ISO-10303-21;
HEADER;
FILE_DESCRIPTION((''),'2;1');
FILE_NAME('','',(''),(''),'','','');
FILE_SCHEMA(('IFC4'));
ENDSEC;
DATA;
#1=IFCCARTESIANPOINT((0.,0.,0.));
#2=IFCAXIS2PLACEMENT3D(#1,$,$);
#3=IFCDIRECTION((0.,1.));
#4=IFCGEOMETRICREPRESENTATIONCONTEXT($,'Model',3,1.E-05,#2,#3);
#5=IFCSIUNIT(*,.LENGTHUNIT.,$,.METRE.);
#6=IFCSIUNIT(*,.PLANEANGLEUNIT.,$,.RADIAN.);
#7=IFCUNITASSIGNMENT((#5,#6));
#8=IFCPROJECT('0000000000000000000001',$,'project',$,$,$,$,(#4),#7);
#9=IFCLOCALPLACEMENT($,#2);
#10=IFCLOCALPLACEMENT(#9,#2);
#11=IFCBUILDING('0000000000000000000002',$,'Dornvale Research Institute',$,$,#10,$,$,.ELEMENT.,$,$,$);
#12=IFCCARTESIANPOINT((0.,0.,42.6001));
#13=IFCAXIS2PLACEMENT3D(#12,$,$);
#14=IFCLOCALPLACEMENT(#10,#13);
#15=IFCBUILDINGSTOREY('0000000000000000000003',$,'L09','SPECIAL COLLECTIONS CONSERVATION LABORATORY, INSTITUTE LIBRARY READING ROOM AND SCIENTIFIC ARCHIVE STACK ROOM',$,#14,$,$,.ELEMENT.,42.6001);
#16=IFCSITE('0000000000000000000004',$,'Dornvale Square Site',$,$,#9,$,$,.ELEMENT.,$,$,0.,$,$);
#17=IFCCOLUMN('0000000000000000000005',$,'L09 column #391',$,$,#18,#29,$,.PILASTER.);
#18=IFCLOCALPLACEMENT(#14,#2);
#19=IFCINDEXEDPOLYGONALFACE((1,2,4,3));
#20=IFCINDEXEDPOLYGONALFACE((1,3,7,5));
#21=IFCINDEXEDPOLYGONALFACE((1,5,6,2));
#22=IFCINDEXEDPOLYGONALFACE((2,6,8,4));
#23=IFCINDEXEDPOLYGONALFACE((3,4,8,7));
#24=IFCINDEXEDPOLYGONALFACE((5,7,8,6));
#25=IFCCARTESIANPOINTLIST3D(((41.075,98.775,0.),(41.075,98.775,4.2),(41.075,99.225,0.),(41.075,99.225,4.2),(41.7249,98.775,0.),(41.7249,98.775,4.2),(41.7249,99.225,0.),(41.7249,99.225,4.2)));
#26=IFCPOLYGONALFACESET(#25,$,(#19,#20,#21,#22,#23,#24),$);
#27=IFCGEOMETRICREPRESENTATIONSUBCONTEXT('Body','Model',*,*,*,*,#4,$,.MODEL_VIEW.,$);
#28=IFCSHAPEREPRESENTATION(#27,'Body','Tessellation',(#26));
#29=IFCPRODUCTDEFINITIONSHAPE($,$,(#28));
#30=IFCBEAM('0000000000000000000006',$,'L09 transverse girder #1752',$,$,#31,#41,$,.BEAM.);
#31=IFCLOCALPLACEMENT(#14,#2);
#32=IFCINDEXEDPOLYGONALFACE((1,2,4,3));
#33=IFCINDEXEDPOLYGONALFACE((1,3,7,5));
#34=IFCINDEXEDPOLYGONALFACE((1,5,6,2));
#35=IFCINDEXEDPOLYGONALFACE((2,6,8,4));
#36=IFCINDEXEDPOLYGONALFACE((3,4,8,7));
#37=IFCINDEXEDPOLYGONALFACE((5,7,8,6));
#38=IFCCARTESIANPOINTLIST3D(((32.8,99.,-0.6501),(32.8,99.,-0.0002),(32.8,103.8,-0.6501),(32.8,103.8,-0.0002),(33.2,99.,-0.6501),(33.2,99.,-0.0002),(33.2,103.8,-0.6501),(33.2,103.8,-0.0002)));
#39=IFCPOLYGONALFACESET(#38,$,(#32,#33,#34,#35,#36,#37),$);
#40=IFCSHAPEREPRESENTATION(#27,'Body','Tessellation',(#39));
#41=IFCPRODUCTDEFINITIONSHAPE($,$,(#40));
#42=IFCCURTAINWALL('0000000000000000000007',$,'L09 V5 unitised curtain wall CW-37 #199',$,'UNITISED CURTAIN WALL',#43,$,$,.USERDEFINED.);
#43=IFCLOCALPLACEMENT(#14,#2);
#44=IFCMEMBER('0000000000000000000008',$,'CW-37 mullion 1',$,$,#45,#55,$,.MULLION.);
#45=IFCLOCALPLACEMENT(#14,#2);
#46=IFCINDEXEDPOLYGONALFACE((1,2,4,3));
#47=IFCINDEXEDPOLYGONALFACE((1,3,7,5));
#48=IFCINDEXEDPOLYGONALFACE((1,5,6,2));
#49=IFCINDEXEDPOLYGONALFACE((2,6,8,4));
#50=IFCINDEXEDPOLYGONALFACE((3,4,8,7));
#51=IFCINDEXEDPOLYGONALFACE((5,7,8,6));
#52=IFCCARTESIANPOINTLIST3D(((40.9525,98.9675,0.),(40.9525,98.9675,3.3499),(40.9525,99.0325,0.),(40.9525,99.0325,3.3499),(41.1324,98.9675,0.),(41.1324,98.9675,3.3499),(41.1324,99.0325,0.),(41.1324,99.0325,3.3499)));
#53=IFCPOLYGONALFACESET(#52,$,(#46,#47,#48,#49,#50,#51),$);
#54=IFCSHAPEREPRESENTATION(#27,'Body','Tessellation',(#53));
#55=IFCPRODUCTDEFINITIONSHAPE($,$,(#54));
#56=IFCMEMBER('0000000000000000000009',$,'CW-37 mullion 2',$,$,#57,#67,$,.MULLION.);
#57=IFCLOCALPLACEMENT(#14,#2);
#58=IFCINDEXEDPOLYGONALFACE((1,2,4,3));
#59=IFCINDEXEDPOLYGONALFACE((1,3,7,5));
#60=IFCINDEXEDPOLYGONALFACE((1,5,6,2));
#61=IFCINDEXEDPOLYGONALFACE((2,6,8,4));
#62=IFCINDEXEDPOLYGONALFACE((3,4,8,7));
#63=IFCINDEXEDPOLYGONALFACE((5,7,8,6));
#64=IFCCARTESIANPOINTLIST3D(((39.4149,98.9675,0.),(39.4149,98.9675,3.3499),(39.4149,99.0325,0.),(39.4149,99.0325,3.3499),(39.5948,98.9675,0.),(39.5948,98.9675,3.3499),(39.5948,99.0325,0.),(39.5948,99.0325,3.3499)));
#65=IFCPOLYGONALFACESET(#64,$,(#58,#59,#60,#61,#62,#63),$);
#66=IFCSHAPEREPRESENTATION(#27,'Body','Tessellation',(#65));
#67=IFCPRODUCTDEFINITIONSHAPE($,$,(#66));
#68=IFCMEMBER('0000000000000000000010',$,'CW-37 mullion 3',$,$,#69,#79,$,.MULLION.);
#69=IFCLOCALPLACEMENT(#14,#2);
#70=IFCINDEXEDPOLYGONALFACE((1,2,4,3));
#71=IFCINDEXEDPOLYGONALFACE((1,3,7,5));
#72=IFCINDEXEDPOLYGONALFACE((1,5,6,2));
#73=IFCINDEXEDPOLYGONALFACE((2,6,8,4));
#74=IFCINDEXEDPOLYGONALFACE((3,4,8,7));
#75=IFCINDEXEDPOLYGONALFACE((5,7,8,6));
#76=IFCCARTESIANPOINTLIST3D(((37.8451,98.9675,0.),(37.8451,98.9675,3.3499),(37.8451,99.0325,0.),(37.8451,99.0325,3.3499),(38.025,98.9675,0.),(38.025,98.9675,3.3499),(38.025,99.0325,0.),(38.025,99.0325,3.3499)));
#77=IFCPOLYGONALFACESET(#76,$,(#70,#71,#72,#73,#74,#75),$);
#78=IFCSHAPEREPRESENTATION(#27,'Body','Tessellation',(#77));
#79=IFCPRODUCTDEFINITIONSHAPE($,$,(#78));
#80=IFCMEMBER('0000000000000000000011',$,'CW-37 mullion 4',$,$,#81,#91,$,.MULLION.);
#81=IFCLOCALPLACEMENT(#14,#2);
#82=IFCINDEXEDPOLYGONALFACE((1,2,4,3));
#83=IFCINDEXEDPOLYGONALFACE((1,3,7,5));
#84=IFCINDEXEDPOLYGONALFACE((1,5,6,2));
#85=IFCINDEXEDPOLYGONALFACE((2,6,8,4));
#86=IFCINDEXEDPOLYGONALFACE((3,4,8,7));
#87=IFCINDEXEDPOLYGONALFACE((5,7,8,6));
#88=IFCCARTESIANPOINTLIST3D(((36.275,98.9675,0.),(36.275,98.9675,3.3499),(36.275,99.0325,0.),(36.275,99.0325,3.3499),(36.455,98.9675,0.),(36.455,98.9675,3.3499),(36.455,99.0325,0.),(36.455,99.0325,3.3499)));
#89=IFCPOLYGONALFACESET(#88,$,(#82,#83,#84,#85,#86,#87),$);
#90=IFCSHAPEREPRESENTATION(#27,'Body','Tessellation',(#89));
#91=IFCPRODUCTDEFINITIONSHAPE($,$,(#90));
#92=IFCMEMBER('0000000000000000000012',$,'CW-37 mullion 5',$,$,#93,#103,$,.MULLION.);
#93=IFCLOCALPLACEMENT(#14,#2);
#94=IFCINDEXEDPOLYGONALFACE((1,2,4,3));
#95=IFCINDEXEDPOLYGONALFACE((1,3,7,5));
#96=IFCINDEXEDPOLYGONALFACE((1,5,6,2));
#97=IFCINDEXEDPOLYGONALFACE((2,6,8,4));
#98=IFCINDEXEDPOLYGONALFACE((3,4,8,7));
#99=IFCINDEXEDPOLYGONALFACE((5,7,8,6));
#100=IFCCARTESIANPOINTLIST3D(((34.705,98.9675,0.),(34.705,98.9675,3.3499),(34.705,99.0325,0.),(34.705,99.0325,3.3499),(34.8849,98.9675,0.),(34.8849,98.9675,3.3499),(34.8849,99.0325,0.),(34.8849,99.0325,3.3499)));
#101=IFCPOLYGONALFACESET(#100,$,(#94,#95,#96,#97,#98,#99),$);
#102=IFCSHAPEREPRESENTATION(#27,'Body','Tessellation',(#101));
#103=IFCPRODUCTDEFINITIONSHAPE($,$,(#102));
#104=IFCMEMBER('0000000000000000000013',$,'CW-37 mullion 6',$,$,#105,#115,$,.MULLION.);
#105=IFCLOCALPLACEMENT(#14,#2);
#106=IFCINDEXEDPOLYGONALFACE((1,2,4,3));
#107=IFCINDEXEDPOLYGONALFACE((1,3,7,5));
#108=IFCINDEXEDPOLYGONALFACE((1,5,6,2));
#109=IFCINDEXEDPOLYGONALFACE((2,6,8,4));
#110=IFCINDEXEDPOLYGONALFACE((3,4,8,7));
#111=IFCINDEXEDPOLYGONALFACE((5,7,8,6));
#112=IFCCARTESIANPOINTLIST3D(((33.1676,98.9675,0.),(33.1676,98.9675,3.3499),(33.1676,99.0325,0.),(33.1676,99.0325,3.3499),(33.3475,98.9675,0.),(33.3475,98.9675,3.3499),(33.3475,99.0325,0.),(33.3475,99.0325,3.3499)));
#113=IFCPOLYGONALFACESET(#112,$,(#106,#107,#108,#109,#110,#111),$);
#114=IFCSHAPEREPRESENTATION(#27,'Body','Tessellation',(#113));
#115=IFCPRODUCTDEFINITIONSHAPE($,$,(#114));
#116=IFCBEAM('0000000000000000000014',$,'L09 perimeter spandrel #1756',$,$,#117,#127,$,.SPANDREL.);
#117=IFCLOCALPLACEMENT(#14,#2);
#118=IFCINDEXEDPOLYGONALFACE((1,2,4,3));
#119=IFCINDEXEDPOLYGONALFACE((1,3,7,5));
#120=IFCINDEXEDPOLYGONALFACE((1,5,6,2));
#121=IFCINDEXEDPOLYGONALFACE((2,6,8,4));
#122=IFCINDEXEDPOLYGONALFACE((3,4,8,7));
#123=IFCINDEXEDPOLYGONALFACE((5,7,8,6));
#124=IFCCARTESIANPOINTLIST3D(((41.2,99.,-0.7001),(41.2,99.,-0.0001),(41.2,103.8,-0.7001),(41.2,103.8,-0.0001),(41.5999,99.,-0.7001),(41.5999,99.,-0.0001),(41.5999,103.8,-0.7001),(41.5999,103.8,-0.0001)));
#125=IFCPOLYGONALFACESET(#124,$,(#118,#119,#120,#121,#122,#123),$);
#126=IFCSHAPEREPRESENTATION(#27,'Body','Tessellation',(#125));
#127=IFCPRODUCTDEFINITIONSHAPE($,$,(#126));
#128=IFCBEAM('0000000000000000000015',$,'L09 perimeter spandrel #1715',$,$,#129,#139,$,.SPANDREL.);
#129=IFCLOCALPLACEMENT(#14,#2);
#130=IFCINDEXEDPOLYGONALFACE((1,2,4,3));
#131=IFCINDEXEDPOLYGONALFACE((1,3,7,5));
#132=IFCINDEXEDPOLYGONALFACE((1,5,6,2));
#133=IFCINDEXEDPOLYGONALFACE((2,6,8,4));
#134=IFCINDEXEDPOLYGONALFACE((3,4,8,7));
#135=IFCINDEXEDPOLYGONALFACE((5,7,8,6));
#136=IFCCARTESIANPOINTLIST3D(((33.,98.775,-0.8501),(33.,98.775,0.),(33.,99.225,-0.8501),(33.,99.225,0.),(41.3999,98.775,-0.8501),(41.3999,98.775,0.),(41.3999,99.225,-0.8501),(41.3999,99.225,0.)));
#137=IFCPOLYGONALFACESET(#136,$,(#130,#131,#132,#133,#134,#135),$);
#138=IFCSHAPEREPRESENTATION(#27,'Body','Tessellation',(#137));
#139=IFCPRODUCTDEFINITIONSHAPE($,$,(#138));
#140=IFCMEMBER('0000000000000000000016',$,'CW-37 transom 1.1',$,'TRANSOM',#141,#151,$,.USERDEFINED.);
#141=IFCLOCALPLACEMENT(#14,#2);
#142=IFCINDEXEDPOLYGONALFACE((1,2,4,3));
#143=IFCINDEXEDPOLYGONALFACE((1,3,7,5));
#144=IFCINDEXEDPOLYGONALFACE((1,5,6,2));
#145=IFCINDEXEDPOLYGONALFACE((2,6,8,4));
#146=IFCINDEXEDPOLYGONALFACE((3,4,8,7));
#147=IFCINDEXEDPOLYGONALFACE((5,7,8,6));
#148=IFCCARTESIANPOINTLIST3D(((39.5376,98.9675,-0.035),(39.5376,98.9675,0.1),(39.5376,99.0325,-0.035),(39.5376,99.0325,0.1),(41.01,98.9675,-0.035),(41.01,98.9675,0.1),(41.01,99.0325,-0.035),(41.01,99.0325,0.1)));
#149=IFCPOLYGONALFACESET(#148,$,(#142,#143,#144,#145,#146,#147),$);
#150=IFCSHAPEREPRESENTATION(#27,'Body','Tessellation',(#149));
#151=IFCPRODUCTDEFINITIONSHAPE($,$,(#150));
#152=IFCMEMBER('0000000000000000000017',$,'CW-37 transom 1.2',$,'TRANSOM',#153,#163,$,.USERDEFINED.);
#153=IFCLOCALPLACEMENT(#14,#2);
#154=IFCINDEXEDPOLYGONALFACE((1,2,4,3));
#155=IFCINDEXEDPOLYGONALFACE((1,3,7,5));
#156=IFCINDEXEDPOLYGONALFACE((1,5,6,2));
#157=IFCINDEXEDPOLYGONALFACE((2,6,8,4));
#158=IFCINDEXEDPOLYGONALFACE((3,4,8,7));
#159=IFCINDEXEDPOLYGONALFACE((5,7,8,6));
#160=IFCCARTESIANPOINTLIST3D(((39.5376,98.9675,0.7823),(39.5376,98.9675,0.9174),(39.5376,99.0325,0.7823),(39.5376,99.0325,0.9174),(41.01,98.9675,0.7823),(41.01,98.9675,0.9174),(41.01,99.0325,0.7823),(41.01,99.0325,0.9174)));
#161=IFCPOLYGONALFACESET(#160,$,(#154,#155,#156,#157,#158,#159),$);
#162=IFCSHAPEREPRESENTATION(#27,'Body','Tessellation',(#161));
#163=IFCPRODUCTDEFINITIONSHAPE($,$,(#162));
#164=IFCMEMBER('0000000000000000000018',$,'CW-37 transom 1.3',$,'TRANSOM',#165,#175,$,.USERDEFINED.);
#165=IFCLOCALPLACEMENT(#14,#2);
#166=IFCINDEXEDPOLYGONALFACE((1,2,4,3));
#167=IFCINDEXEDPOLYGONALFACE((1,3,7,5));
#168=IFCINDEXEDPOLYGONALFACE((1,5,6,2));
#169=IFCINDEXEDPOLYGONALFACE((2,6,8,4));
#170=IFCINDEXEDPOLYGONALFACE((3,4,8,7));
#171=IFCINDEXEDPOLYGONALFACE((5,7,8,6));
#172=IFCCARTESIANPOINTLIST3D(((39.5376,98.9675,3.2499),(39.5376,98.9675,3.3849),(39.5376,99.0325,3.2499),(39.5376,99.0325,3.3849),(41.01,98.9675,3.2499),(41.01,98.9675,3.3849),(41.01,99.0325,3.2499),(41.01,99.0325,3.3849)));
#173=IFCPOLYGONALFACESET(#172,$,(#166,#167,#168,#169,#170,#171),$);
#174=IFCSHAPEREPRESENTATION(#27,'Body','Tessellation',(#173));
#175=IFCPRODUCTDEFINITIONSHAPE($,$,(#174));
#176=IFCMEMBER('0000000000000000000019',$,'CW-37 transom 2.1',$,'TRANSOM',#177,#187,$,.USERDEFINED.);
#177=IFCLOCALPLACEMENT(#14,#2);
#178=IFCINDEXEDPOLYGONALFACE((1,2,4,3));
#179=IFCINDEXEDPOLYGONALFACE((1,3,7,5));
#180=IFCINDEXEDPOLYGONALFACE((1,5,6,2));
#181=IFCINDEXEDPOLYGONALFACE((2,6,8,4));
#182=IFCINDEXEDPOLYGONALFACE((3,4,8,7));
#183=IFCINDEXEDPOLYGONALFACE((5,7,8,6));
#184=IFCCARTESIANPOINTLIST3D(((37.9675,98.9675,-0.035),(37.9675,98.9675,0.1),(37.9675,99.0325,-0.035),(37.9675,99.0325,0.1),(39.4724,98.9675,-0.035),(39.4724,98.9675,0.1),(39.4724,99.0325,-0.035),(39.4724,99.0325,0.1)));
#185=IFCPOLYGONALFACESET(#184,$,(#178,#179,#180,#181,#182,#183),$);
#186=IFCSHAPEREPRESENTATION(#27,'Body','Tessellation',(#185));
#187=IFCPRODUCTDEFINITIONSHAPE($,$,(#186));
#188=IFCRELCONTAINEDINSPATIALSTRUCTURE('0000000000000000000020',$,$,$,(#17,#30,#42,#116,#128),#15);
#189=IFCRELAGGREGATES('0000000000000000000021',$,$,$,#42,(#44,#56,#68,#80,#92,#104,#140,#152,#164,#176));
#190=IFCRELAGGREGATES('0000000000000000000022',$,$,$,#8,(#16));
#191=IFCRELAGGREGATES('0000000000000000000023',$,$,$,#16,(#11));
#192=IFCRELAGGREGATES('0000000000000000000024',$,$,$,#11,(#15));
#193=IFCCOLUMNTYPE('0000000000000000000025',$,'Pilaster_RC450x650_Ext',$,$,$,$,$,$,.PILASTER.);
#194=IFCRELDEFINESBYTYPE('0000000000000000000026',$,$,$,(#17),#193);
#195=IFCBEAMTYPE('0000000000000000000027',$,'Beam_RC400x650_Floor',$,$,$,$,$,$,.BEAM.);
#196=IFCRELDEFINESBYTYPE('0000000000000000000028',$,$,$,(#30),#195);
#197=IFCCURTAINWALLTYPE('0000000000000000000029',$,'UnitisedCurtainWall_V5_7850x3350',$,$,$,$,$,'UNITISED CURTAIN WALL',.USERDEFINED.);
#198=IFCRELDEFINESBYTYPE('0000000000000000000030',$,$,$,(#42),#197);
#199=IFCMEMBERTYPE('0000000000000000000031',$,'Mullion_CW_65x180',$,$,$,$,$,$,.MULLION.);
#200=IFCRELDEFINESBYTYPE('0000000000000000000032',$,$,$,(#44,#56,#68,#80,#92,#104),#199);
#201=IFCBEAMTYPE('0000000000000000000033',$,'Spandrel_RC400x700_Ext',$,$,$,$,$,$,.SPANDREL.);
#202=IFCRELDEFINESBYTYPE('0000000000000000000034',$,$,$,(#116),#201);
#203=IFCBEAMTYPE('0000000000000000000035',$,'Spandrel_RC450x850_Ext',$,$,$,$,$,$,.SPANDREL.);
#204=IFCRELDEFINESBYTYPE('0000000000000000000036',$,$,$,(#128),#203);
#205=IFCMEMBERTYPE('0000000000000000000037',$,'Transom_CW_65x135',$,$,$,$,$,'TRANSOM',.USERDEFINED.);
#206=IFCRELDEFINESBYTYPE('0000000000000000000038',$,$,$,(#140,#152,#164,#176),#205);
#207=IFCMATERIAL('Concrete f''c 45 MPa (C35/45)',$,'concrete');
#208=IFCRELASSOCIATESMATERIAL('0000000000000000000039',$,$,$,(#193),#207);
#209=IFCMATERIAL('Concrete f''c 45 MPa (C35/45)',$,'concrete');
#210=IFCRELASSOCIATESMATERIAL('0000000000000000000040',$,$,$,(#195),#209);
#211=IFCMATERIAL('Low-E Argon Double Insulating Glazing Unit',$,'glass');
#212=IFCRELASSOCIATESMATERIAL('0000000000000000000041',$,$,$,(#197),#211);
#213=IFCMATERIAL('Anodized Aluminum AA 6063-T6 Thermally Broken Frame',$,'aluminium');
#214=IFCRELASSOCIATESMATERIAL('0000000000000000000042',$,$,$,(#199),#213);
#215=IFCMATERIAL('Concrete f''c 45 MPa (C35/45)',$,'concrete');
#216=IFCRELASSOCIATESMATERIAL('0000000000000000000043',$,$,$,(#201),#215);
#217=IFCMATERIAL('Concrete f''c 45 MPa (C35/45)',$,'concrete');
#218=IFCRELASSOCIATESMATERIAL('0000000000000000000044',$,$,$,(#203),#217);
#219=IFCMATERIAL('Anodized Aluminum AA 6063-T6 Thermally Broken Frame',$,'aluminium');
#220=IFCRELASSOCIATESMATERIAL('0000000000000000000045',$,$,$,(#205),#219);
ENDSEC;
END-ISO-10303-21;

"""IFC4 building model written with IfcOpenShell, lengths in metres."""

from ifc_helpers import new_model, si_unit, direction, frame, origin, origin_2d, place, context, subcontext, project, spatial, rectangle, extrude, material, material_profile, profile_set, type_object, element, aggregate, save


model = new_model("IFC4")

# Units and contexts
model_context = context("Model", 3, precision=1e-05, world=origin(), true_north=direction((0.0, 1.0)))
body_context = subcontext(model_context, "Body", "Model", "MODEL_VIEW")
ifc_project = project(units=[si_unit("LENGTHUNIT", "METRE"), si_unit("PLANEANGLEUNIT", "RADIAN")], contexts=[model_context])

# Site, building, storey
site_placement = place(None, origin())
site = spatial("IfcSite", under=ifc_project, at=site_placement, Name="Dornvale Square Site", CompositionType="ELEMENT", RefElevation=0.0)
building_placement = place(site_placement, origin())
building = spatial("IfcBuilding", under=site, at=building_placement, Name="Dornvale Research Institute", CompositionType="ELEMENT")
storey_placement = place(building_placement, frame((0.0, 0.0, 42.6001)))
storey = spatial("IfcBuildingStorey", under=building, at=storey_placement, Name="L09", Description="SPECIAL COLLECTIONS CONSERVATION LABORATORY, INSTITUTE LIBRARY READING ROOM AND SCIENTIFIC ARCHIVE STACK ROOM", CompositionType="ELEMENT", Elevation=42.6001)

# Column
ifc_material_1 = material(Name="Concrete f'c 45 MPa (C35/45)", Category="concrete")
ifc_material_profile_1 = material_profile(ifc_material_1, rectangle(XDim=0.45, YDim=0.6499, at=origin_2d()), Name="RC 450x650")
ifc_profile_set_1 = profile_set([ifc_material_profile_1], Name="Concrete f'c 45 MPa (C35/45)")
column_type = type_object("IfcColumnType", Name="Pilaster_RC450x650_Ext", PredefinedType="PILASTER", material=ifc_profile_set_1)
column_placement = place(storey_placement, frame((41.3999, 99.0, 0.0), z_axis=(0.0, 0.0, 1.0), x_axis=(0.0, 1.0, 0.0)))
element("IfcColumn", 1, at=column_placement, inside=storey, type_object=column_type, Name="L09 column #391", PredefinedType="PILASTER", context=body_context, shape_type="SweptSolid", body=[
    extrude(rectangle(XDim=0.45, YDim=0.6499, at=origin_2d()), origin(), (0.0, 0.0, 1.0), 4.2),
])

# Beam
ifc_material_2 = material(Name="Concrete f'c 45 MPa (C35/45)", Category="concrete")
ifc_material_profile_2 = material_profile(ifc_material_2, rectangle(XDim=0.3999, YDim=0.6499, at=origin_2d()), Name="RC 400x650")
ifc_profile_set_2 = profile_set([ifc_material_profile_2], Name="Concrete f'c 45 MPa (C35/45)")
beam_type_1 = type_object("IfcBeamType", Name="Beam_RC400x650_Floor", PredefinedType="BEAM", material=ifc_profile_set_2)
beam_1_placement = place(storey_placement, frame((33.0, 99.0, -0.3252), z_axis=(0.0, 1.0, 0.0), x_axis=(-1.0, 0.0, 0.0)))
element("IfcBeam", 2, at=beam_1_placement, inside=storey, type_object=beam_type_1, Name="L09 transverse girder #1752", PredefinedType="BEAM", context=body_context, shape_type="SweptSolid", body=[
    extrude(rectangle(XDim=0.3999, YDim=0.6499, at=origin_2d()), origin(), (0.0, 0.0, 1.0), 4.8),
])

# Curtain wall, members
ifc_material_3 = material(Name="Low-E Argon Double Insulating Glazing Unit", Category="glass")
curtain_wall_type = type_object("IfcCurtainWallType", Name="UnitisedCurtainWall_V5_7850x3350", ElementType="UNITISED CURTAIN WALL", PredefinedType="USERDEFINED", material=ifc_material_3)
curtain_wall_placement = place(storey_placement, origin())
curtain_wall = element("IfcCurtainWall", 3, at=curtain_wall_placement, inside=storey, type_object=curtain_wall_type, Name="L09 V5 unitised curtain wall CW-37 #199", ObjectType="UNITISED CURTAIN WALL", PredefinedType="USERDEFINED")
ifc_material_4 = material(Name="Anodized Aluminum AA 6063-T6 Thermally Broken Frame", Category="aluminium")
ifc_material_profile_3 = material_profile(ifc_material_4, rectangle(XDim=0.0649, YDim=0.1799, at=origin_2d()), Name="ALU MULLION 65x180")
ifc_profile_set_3 = profile_set([ifc_material_profile_3], Name="Anodized Aluminum AA 6063-T6 Thermally Broken Frame")
member_type_1 = type_object("IfcMemberType", Name="Mullion_CW_65x180", PredefinedType="MULLION", material=ifc_profile_set_3)
member_1_placement = place(storey_placement, frame((41.0425, 99.0, 0.0), z_axis=(0.0, 0.0, 1.0), x_axis=(0.0, -1.0, 0.0)))
member_1 = element("IfcMember", 4, at=member_1_placement, type_object=member_type_1, Name="CW-37 mullion 1", PredefinedType="MULLION", context=body_context, shape_type="SweptSolid", body=[
    extrude(rectangle(XDim=0.0649, YDim=0.1799, at=origin_2d()), origin(), (0.0, 0.0, 1.0), 3.3499),
])
member_2_placement = place(storey_placement, frame((39.5049, 99.0, 0.0), z_axis=(0.0, 0.0, 1.0), x_axis=(0.0, -1.0, 0.0)))
member_2 = element("IfcMember", 5, at=member_2_placement, type_object=member_type_1, Name="CW-37 mullion 2", PredefinedType="MULLION", context=body_context, shape_type="SweptSolid", body=[
    extrude(rectangle(XDim=0.0649, YDim=0.1799, at=origin_2d()), origin(), (0.0, 0.0, 1.0), 3.3499),
])
member_3_placement = place(storey_placement, frame((37.9351, 99.0, 0.0), z_axis=(0.0, 0.0, 1.0), x_axis=(0.0, -1.0, 0.0)))
member_3 = element("IfcMember", 6, at=member_3_placement, type_object=member_type_1, Name="CW-37 mullion 3", PredefinedType="MULLION", context=body_context, shape_type="SweptSolid", body=[
    extrude(rectangle(XDim=0.0649, YDim=0.1799, at=origin_2d()), origin(), (0.0, 0.0, 1.0), 3.3499),
])
member_4_placement = place(storey_placement, frame((36.365, 99.0, 0.0), z_axis=(0.0, 0.0, 1.0), x_axis=(0.0, -1.0, 0.0)))
member_4 = element("IfcMember", 7, at=member_4_placement, type_object=member_type_1, Name="CW-37 mullion 4", PredefinedType="MULLION", context=body_context, shape_type="SweptSolid", body=[
    extrude(rectangle(XDim=0.0649, YDim=0.1799, at=origin_2d()), origin(), (0.0, 0.0, 1.0), 3.3499),
])
member_5_placement = place(storey_placement, frame((34.7949, 99.0, 0.0), z_axis=(0.0, 0.0, 1.0), x_axis=(0.0, -1.0, 0.0)))
member_5 = element("IfcMember", 8, at=member_5_placement, type_object=member_type_1, Name="CW-37 mullion 5", PredefinedType="MULLION", context=body_context, shape_type="SweptSolid", body=[
    extrude(rectangle(XDim=0.0649, YDim=0.1799, at=origin_2d()), origin(), (0.0, 0.0, 1.0), 3.3499),
])
member_6_placement = place(storey_placement, frame((33.2576, 99.0, 0.0), z_axis=(0.0, 0.0, 1.0), x_axis=(0.0, -1.0, 0.0)))
member_6 = element("IfcMember", 9, at=member_6_placement, type_object=member_type_1, Name="CW-37 mullion 6", PredefinedType="MULLION", context=body_context, shape_type="SweptSolid", body=[
    extrude(rectangle(XDim=0.0649, YDim=0.1799, at=origin_2d()), origin(), (0.0, 0.0, 1.0), 3.3499),
])

# Beams
ifc_material_5 = material(Name="Concrete f'c 45 MPa (C35/45)", Category="concrete")
ifc_material_profile_4 = material_profile(ifc_material_5, rectangle(XDim=0.3999, YDim=0.7, at=origin_2d()), Name="RC 400x700")
ifc_profile_set_4 = profile_set([ifc_material_profile_4], Name="Concrete f'c 45 MPa (C35/45)")
beam_type_2 = type_object("IfcBeamType", Name="Spandrel_RC400x700_Ext", PredefinedType="SPANDREL", material=ifc_profile_set_4)
beam_2_placement = place(storey_placement, frame((41.3999, 99.0, -0.3501), z_axis=(0.0, 1.0, 0.0), x_axis=(-1.0, 0.0, 0.0)))
element("IfcBeam", 10, at=beam_2_placement, inside=storey, type_object=beam_type_2, Name="L09 perimeter spandrel #1756", PredefinedType="SPANDREL", context=body_context, shape_type="SweptSolid", body=[
    extrude(rectangle(XDim=0.3999, YDim=0.7, at=origin_2d()), origin(), (0.0, 0.0, 1.0), 4.8),
])
ifc_material_6 = material(Name="Concrete f'c 45 MPa (C35/45)", Category="concrete")
ifc_material_profile_5 = material_profile(ifc_material_6, rectangle(XDim=0.45, YDim=0.8501, at=origin_2d()), Name="RC 450x850")
ifc_profile_set_5 = profile_set([ifc_material_profile_5], Name="Concrete f'c 45 MPa (C35/45)")
beam_type_3 = type_object("IfcBeamType", Name="Spandrel_RC450x850_Ext", PredefinedType="SPANDREL", material=ifc_profile_set_5)
beam_3_placement = place(storey_placement, frame((33.0, 99.0, -0.425), z_axis=(1.0, 0.0, 0.0), x_axis=(0.0, 1.0, 0.0)))
element("IfcBeam", 11, at=beam_3_placement, inside=storey, type_object=beam_type_3, Name="L09 perimeter spandrel #1715", PredefinedType="SPANDREL", context=body_context, shape_type="SweptSolid", body=[
    extrude(rectangle(XDim=0.45, YDim=0.8501, at=origin_2d()), origin(), (0.0, 0.0, 1.0), 8.3999),
])

# Members
ifc_material_7 = material(Name="Anodized Aluminum AA 6063-T6 Thermally Broken Frame", Category="aluminium")
ifc_material_profile_6 = material_profile(ifc_material_7, rectangle(XDim=0.0649, YDim=0.135, at=origin_2d()), Name="ALU TRANSOM 65x135")
ifc_profile_set_6 = profile_set([ifc_material_profile_6], Name="Anodized Aluminum AA 6063-T6 Thermally Broken Frame")
member_type_2 = type_object("IfcMemberType", Name="Transom_CW_65x135", ElementType="TRANSOM", PredefinedType="USERDEFINED", material=ifc_profile_set_6)
member_7_placement = place(storey_placement, frame((41.01, 99.0, 0.0325), z_axis=(-1.0, 0.0, 0.0), x_axis=(0.0, -1.0, 0.0)))
member_7 = element("IfcMember", 12, at=member_7_placement, type_object=member_type_2, Name="CW-37 transom 1.1", ObjectType="TRANSOM", PredefinedType="USERDEFINED", context=body_context, shape_type="SweptSolid", body=[
    extrude(rectangle(XDim=0.0649, YDim=0.135, at=origin_2d()), origin(), (0.0, 0.0, 1.0), 1.4724),
])
member_8_placement = place(storey_placement, frame((41.01, 99.0, 0.8499), z_axis=(-1.0, 0.0, 0.0), x_axis=(0.0, -1.0, 0.0)))
member_8 = element("IfcMember", 13, at=member_8_placement, type_object=member_type_2, Name="CW-37 transom 1.2", ObjectType="TRANSOM", PredefinedType="USERDEFINED", context=body_context, shape_type="SweptSolid", body=[
    extrude(rectangle(XDim=0.0649, YDim=0.135, at=origin_2d()), origin(), (0.0, 0.0, 1.0), 1.4724),
])
member_9_placement = place(storey_placement, frame((41.01, 99.0, 3.3174), z_axis=(-1.0, 0.0, 0.0), x_axis=(0.0, -1.0, 0.0)))
member_9 = element("IfcMember", 14, at=member_9_placement, type_object=member_type_2, Name="CW-37 transom 1.3", ObjectType="TRANSOM", PredefinedType="USERDEFINED", context=body_context, shape_type="SweptSolid", body=[
    extrude(rectangle(XDim=0.0649, YDim=0.135, at=origin_2d()), origin(), (0.0, 0.0, 1.0), 1.4724),
])
member_10_placement = place(storey_placement, frame((39.4724, 99.0, 0.0325), z_axis=(-1.0, 0.0, 0.0), x_axis=(0.0, -1.0, 0.0)))
member_10 = element("IfcMember", 15, at=member_10_placement, type_object=member_type_2, Name="CW-37 transom 2.1", ObjectType="TRANSOM", PredefinedType="USERDEFINED", context=body_context, shape_type="SweptSolid", body=[
    extrude(rectangle(XDim=0.0649, YDim=0.135, at=origin_2d()), origin(), (0.0, 0.0, 1.0), 1.5049),
])

aggregate(curtain_wall, [member_1, member_2, member_3, member_4, member_5, member_6, member_7, member_8, member_9, member_10])

save(model, "model.ifc")
